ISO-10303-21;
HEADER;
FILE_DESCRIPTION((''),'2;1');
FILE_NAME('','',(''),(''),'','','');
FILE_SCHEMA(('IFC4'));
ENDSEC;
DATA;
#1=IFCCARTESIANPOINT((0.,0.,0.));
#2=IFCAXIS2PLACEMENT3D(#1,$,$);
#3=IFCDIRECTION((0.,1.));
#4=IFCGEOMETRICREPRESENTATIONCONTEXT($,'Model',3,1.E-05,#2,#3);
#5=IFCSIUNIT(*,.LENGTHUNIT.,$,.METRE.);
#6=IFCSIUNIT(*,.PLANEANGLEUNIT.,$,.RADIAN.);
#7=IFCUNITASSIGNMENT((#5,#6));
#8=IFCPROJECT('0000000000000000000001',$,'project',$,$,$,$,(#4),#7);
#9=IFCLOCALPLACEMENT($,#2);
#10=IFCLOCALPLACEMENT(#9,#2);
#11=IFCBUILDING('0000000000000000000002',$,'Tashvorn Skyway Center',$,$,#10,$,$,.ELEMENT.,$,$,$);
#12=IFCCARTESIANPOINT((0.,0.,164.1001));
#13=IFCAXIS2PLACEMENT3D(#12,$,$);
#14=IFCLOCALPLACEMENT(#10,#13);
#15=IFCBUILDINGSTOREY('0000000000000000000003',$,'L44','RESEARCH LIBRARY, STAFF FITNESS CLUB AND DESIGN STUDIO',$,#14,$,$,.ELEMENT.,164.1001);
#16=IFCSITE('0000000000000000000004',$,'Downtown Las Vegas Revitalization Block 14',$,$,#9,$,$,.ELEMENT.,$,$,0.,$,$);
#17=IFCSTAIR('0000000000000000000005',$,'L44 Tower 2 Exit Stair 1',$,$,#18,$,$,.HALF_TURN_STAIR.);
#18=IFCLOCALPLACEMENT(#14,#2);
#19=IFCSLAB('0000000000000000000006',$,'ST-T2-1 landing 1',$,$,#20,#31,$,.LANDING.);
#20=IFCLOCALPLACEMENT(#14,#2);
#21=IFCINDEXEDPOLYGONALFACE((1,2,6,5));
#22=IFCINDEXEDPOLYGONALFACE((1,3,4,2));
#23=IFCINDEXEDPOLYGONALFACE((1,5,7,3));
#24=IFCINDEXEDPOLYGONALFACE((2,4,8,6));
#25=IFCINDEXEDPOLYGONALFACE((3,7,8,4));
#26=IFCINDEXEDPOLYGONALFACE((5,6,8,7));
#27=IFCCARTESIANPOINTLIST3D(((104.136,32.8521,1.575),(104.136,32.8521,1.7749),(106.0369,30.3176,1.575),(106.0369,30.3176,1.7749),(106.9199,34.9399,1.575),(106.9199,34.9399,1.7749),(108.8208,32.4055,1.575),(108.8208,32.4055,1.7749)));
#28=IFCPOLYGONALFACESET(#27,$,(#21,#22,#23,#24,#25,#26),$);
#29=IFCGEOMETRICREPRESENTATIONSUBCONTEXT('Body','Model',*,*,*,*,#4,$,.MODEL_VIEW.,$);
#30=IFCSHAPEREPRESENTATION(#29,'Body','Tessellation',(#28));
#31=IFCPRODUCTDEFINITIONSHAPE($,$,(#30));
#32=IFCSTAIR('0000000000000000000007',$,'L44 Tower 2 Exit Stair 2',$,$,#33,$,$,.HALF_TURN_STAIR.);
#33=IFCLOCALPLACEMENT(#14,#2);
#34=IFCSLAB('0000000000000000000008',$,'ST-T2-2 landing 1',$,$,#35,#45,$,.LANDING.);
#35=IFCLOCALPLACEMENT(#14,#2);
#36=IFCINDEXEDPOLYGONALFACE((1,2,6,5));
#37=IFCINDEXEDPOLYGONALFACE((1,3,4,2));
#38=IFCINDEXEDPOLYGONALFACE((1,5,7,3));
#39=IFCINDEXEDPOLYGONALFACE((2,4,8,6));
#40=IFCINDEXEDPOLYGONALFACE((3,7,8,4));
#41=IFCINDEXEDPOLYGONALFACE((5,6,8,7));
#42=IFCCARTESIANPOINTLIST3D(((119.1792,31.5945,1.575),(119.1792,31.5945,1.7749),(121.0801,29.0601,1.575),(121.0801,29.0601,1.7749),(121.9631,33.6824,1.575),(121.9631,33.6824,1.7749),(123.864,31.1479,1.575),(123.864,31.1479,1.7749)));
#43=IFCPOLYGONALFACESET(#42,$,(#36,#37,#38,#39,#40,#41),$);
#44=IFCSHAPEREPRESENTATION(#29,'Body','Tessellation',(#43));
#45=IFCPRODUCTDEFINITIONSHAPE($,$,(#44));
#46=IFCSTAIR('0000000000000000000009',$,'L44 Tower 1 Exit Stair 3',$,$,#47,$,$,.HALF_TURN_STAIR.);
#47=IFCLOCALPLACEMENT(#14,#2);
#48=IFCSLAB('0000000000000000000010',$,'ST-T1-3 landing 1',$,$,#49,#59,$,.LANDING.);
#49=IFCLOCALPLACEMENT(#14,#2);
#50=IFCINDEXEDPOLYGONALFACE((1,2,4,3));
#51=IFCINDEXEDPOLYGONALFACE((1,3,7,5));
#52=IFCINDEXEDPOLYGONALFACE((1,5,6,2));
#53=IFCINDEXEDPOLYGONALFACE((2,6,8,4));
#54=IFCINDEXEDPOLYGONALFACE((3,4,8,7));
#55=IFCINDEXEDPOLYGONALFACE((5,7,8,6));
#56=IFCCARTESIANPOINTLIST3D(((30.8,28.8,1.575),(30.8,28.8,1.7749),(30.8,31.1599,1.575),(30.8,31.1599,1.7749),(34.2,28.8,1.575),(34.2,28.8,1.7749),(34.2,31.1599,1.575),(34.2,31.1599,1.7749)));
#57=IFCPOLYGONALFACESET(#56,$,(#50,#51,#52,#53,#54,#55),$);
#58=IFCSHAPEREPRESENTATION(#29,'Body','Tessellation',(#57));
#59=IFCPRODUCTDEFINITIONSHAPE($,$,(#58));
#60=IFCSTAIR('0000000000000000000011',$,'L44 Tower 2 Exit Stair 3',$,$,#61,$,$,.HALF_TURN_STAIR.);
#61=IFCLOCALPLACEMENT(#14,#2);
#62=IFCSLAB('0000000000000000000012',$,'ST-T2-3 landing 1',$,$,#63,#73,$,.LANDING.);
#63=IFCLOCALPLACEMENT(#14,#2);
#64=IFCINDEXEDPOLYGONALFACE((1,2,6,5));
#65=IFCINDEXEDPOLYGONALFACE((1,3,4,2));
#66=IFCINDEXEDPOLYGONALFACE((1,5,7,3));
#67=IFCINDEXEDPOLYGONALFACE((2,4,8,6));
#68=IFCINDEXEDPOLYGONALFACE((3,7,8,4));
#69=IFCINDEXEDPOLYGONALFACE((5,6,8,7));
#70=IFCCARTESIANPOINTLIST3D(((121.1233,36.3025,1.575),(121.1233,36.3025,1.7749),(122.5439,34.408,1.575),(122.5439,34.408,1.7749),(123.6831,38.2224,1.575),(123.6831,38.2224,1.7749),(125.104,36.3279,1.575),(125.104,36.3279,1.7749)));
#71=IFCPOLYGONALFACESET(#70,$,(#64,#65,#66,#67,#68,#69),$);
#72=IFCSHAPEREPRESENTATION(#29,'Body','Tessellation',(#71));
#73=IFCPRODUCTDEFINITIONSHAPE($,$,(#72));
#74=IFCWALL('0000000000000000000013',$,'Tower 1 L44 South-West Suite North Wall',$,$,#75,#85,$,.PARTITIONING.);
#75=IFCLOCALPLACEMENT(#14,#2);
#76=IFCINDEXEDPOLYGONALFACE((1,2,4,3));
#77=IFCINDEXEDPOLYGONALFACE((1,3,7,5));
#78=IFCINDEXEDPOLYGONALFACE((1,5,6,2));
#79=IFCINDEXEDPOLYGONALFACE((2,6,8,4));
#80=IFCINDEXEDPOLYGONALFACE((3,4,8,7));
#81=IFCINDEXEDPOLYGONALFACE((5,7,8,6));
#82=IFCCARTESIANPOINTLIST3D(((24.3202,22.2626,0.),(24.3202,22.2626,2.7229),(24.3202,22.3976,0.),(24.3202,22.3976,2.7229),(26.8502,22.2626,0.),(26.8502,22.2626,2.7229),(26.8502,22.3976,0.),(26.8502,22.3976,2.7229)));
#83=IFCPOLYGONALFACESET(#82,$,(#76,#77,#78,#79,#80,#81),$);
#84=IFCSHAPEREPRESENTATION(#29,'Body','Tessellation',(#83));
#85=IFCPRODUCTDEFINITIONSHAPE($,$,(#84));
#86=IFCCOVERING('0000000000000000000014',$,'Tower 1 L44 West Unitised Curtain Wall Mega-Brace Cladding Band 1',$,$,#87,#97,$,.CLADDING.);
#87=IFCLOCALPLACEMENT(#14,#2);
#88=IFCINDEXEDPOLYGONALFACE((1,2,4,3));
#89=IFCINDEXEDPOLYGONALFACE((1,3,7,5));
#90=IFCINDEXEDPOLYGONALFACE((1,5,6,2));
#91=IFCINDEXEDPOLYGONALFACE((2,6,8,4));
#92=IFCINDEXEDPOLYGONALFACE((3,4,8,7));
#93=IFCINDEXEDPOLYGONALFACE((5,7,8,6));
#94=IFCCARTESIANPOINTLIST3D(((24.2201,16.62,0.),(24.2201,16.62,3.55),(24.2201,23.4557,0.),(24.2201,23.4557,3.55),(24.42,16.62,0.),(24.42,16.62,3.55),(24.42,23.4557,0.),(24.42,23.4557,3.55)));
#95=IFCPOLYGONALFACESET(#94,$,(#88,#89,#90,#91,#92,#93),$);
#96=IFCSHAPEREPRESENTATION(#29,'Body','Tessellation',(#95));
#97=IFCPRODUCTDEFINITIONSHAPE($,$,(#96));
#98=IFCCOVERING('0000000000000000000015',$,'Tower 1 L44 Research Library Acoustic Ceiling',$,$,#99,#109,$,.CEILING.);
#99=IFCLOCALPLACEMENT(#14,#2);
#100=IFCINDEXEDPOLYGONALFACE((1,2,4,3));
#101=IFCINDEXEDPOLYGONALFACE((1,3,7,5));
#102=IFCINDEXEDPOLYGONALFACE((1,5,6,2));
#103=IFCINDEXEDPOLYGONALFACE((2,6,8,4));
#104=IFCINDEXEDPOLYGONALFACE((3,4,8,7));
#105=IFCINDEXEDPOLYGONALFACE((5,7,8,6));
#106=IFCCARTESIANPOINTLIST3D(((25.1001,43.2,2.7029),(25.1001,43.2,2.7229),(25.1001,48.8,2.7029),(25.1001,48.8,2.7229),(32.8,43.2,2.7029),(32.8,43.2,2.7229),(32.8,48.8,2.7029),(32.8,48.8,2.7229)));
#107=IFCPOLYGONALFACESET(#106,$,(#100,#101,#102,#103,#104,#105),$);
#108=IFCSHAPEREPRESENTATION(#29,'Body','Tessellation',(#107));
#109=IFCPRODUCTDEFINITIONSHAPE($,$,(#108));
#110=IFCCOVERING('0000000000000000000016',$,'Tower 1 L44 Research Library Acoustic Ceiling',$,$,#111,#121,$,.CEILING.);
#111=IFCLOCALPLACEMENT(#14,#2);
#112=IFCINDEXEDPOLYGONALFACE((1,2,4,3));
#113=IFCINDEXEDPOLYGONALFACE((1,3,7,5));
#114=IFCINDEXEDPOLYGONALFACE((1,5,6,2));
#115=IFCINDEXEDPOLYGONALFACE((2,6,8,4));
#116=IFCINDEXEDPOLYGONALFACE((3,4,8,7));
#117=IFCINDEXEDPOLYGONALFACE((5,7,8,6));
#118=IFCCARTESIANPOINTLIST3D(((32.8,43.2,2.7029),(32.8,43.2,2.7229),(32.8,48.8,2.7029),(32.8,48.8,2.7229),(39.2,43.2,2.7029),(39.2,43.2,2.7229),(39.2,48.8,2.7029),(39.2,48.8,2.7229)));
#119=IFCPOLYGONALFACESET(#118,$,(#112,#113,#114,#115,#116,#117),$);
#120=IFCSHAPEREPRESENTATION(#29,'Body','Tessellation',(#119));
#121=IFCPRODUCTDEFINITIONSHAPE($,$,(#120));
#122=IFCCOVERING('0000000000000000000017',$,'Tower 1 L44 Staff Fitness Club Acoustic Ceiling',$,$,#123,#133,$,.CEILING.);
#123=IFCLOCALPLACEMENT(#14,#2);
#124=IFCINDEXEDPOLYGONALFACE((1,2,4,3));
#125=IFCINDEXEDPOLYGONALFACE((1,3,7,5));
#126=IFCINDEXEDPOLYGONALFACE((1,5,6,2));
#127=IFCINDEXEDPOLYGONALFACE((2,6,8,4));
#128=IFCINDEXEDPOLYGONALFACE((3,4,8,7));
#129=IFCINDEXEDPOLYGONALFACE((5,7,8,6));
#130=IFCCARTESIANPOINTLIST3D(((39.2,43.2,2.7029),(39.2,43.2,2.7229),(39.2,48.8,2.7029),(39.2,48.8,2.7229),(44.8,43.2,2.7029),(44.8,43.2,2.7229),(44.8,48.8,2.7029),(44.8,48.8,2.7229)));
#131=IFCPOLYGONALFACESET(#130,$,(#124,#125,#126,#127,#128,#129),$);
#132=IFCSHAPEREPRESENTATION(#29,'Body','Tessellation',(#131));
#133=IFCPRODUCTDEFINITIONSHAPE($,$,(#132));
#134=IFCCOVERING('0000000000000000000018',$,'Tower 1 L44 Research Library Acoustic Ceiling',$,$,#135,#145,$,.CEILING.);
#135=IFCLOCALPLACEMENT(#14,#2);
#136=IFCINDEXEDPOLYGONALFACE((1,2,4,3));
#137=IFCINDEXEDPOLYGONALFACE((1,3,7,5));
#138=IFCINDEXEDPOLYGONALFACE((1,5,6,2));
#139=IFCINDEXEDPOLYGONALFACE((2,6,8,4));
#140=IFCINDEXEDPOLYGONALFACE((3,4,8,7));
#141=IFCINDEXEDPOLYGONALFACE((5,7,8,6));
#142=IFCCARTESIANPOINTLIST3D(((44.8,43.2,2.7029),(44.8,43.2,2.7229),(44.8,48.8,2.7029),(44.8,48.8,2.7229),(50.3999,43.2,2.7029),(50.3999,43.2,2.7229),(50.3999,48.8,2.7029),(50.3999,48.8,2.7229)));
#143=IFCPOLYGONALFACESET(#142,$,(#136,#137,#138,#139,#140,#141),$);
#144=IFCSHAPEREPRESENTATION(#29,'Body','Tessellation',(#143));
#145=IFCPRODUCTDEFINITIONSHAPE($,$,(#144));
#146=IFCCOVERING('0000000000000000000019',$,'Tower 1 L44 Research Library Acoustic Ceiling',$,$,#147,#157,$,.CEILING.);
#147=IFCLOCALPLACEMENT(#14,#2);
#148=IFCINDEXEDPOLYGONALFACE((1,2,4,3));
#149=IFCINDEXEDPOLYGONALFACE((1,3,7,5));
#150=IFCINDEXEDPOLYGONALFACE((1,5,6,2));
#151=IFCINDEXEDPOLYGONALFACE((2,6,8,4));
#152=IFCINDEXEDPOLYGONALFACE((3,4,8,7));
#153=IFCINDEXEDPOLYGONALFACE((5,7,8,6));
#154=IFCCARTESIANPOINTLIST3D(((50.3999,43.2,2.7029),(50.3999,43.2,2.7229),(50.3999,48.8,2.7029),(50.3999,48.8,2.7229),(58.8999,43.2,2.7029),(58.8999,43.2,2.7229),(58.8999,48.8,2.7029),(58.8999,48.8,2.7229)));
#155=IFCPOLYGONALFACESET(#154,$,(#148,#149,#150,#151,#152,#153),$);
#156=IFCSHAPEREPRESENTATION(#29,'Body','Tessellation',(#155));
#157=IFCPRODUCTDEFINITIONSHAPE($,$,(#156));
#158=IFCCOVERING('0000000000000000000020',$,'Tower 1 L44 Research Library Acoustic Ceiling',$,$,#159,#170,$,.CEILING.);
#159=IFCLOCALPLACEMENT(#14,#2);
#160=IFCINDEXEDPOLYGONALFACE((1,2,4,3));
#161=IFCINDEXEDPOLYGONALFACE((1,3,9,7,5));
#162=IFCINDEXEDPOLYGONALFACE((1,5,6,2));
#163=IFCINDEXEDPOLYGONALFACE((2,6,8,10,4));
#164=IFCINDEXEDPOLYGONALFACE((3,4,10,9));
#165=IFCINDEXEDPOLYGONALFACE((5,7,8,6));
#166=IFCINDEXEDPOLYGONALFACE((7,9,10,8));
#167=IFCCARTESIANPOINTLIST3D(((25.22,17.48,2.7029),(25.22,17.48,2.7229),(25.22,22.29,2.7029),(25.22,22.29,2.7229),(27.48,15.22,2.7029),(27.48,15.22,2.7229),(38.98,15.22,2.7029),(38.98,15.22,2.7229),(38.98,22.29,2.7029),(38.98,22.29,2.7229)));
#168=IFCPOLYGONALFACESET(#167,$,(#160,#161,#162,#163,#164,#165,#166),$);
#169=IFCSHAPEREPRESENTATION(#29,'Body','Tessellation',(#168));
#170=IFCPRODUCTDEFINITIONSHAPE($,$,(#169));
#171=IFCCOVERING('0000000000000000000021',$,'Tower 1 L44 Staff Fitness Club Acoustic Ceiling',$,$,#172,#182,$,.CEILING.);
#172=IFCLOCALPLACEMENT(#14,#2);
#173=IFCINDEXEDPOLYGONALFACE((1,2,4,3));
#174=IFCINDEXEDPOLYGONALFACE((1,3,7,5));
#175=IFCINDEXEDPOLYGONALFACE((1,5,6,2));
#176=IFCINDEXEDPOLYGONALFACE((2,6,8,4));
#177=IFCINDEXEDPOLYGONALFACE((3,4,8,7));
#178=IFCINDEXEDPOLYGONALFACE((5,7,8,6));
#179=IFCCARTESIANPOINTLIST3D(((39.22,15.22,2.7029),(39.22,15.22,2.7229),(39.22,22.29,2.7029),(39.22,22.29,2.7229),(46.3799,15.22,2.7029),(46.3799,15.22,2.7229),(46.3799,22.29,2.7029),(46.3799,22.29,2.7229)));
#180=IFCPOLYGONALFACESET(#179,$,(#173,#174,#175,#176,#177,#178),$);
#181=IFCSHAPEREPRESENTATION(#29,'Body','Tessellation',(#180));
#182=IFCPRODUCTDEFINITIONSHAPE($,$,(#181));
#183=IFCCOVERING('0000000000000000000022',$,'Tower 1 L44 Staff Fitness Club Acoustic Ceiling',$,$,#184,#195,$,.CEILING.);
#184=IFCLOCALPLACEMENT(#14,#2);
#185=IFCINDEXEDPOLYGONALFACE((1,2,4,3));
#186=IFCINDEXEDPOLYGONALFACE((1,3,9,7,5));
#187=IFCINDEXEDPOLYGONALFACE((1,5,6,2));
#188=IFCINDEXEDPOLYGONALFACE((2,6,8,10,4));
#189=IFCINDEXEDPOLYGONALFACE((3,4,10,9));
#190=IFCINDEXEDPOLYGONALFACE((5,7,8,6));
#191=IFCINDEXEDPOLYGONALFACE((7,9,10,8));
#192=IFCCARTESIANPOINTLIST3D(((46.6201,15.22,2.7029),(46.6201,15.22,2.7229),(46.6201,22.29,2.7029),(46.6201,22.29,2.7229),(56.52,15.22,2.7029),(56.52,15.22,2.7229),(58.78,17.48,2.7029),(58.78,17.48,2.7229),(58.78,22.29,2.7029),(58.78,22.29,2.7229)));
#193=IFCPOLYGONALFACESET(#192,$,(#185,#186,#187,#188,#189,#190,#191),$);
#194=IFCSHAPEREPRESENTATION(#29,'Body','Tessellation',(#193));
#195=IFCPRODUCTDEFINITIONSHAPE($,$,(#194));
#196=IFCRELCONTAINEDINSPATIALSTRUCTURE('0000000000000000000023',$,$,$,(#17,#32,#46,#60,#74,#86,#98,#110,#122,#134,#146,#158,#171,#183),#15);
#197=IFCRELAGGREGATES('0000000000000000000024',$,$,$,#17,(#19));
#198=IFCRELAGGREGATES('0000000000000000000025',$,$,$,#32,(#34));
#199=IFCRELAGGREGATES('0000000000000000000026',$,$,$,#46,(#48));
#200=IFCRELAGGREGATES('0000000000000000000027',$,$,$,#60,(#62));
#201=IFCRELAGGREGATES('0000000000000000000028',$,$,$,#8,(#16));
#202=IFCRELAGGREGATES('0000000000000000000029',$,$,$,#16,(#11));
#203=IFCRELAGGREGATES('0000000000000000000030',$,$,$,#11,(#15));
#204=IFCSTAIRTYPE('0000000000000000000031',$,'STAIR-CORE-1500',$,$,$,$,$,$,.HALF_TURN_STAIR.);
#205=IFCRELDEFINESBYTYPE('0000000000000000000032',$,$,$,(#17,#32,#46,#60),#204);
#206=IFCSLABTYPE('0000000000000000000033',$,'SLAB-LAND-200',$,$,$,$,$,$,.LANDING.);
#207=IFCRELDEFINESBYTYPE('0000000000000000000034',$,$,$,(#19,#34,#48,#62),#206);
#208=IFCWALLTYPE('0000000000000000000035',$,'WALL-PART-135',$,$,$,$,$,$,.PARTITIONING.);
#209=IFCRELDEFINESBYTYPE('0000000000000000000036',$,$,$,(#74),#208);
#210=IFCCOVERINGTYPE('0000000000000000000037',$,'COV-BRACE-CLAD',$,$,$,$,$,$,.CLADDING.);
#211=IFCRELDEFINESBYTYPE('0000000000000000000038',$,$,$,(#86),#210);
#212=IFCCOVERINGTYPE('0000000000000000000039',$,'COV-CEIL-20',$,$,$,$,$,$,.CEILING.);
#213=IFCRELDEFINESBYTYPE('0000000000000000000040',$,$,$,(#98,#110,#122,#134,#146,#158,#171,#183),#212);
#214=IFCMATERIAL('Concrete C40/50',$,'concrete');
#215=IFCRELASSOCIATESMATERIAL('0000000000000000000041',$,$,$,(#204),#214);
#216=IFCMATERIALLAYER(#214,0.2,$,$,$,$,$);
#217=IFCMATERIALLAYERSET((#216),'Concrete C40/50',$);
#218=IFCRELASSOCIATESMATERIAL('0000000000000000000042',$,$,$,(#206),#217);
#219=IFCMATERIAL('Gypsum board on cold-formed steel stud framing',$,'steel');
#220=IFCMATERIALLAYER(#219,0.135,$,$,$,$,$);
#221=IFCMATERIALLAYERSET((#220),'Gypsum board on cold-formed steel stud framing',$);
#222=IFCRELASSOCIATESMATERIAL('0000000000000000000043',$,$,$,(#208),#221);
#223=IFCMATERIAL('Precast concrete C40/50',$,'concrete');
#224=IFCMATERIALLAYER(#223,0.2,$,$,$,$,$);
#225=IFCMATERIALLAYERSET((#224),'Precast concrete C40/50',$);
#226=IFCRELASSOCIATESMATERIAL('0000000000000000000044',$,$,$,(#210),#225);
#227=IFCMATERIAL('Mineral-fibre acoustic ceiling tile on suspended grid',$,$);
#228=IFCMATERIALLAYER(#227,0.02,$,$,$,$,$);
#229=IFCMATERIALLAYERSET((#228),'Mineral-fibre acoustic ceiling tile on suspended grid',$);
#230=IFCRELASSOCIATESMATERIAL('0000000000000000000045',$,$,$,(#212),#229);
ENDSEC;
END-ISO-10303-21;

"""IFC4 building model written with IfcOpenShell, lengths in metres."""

from ifc_helpers import new_model, si_unit, direction, frame, frame_2d, origin, origin_2d, place, context, subcontext, project, spatial, polyline, rectangle, outline, extrude, material, layer, layer_set, type_object, element, aggregate, save


model = new_model("IFC4")

# Units and contexts
model_context = context("Model", 3, precision=1e-05, world=origin(), true_north=direction((0.0, 1.0)))
body_context = subcontext(model_context, "Body", "Model", "MODEL_VIEW")
ifc_project = project(units=[si_unit("LENGTHUNIT", "METRE"), si_unit("PLANEANGLEUNIT", "RADIAN")], contexts=[model_context])

# Site, building, storey
site_placement = place(None, origin())
site = spatial("IfcSite", under=ifc_project, at=site_placement, Name="Downtown Las Vegas Revitalization Block 14", CompositionType="ELEMENT", RefElevation=0.0)
building_placement = place(site_placement, origin())
building = spatial("IfcBuilding", under=site, at=building_placement, Name="Tashvorn Skyway Center", CompositionType="ELEMENT")
storey_placement = place(building_placement, frame((0.0, 0.0, 164.1001)))
storey = spatial("IfcBuildingStorey", under=building, at=storey_placement, Name="L44", Description="RESEARCH LIBRARY, STAFF FITNESS CLUB AND DESIGN STUDIO", CompositionType="ELEMENT", Elevation=164.1001)

# Shared definitions
ifc_material_1 = material(Name="Concrete C40/50", Category="concrete")

# Stairs, slabs
stair_type = type_object("IfcStairType", Name="STAIR-CORE-1500", PredefinedType="HALF_TURN_STAIR", material=ifc_material_1)
ifc_layer_1 = layer(ifc_material_1, 0.2)
ifc_layer_set_1 = layer_set([ifc_layer_1], Name="Concrete C40/50")
slab_type_1 = type_object("IfcSlabType", Name="SLAB-LAND-200", PredefinedType="LANDING", material=ifc_layer_set_1)
stair_1_placement = place(storey_placement, origin())
stair_1 = element("IfcStair", 1, at=stair_1_placement, inside=storey, type_object=stair_type, Name="L44 Tower 2 Exit Stair 1", PredefinedType="HALF_TURN_STAIR")
slab_1_placement = place(storey_placement, frame((0.0, 0.0, 1.575)))
slab_1 = element("IfcSlab", 2, at=slab_1_placement, type_object=slab_type_1, Name="ST-T2-1 landing 1", PredefinedType="LANDING", context=body_context, shape_type="SweptSolid", body=[
    extrude(outline(polyline([(108.8208, 32.4055), (106.9199, 34.9399), (104.136, 32.8521), (106.0369, 30.3176), (108.8208, 32.4055)])), origin(), (0.0, 0.0, 1.0), 0.2),
])
aggregate(stair_1, [slab_1])
stair_2_placement = place(storey_placement, origin())
stair_2 = element("IfcStair", 3, at=stair_2_placement, inside=storey, type_object=stair_type, Name="L44 Tower 2 Exit Stair 2", PredefinedType="HALF_TURN_STAIR")
slab_2_placement = place(storey_placement, frame((0.0, 0.0, 1.575)))
slab_2 = element("IfcSlab", 4, at=slab_2_placement, type_object=slab_type_1, Name="ST-T2-2 landing 1", PredefinedType="LANDING", context=body_context, shape_type="SweptSolid", body=[
    extrude(outline(polyline([(119.1792, 31.5945), (121.0801, 29.0601), (123.864, 31.1479), (121.9631, 33.6824), (119.1792, 31.5945)])), origin(), (0.0, 0.0, 1.0), 0.2),
])
aggregate(stair_2, [slab_2])
stair_3_placement = place(storey_placement, origin())
stair_3 = element("IfcStair", 5, at=stair_3_placement, inside=storey, type_object=stair_type, Name="L44 Tower 1 Exit Stair 3", PredefinedType="HALF_TURN_STAIR")
slab_3_placement = place(storey_placement, frame((0.0, 0.0, 1.575)))
slab_3 = element("IfcSlab", 6, at=slab_3_placement, type_object=slab_type_1, Name="ST-T1-3 landing 1", PredefinedType="LANDING", context=body_context, shape_type="SweptSolid", body=[
    extrude(outline(polyline([(30.8, 31.1599), (30.8, 28.8), (34.2, 28.8), (34.2, 31.1599), (30.8, 31.1599)])), origin(), (0.0, 0.0, 1.0), 0.2),
])
aggregate(stair_3, [slab_3])
stair_4_placement = place(storey_placement, origin())
stair_4 = element("IfcStair", 7, at=stair_4_placement, inside=storey, type_object=stair_type, Name="L44 Tower 2 Exit Stair 3", PredefinedType="HALF_TURN_STAIR")
slab_4_placement = place(storey_placement, frame((0.0, 0.0, 1.575)))
slab_4 = element("IfcSlab", 8, at=slab_4_placement, type_object=slab_type_1, Name="ST-T2-3 landing 1", PredefinedType="LANDING", context=body_context, shape_type="SweptSolid", body=[
    extrude(outline(polyline([(121.1233, 36.3025), (122.5439, 34.408), (125.104, 36.3279), (123.6831, 38.2224), (121.1233, 36.3025)])), origin(), (0.0, 0.0, 1.0), 0.2),
])
aggregate(stair_4, [slab_4])

# Wall
ifc_material_2 = material(Name="Gypsum board on cold-formed steel stud framing", Category="steel")
ifc_layer_2 = layer(ifc_material_2, 0.135)
ifc_layer_set_2 = layer_set([ifc_layer_2], Name="Gypsum board on cold-formed steel stud framing")
wall_type = type_object("IfcWallType", Name="WALL-PART-135", PredefinedType="PARTITIONING", material=ifc_layer_set_2)
wall_placement = place(storey_placement, frame((24.3201, 22.3301, 0.0), z_axis=(0.0, 0.0, 1.0), x_axis=(1.0, 0.0, 0.0)))
element("IfcWall", 9, at=wall_placement, inside=storey, type_object=wall_type, Name="Tower 1 L44 South-West Suite North Wall", PredefinedType="PARTITIONING", context=body_context, shape_type="SweptSolid", body=[
    extrude(rectangle(XDim=2.53, YDim=0.135, at=frame_2d((1.2651, 0.0))), origin(), (0.0, 0.0, 1.0), 2.7229),
])

# Coverings
ifc_material_3 = material(Name="Precast concrete C40/50", Category="concrete")
ifc_layer_3 = layer(ifc_material_3, 0.2)
ifc_layer_set_3 = layer_set([ifc_layer_3], Name="Precast concrete C40/50")
covering_type_1 = type_object("IfcCoveringType", Name="COV-BRACE-CLAD", PredefinedType="CLADDING", material=ifc_layer_set_3)
covering_1_placement = place(storey_placement, frame((24.3201, 20.0378, 0.0), z_axis=(0.0, 0.0, 1.0), x_axis=(0.0, 1.0, 0.0)))
element("IfcCovering", 10, at=covering_1_placement, inside=storey, type_object=covering_type_1, Name="Tower 1 L44 West Unitised Curtain Wall Mega-Brace Cladding Band 1", PredefinedType="CLADDING", context=body_context, shape_type="SweptSolid", body=[
    extrude(rectangle(XDim=6.8357, YDim=0.2, at=origin_2d()), origin(), (0.0, 0.0, 1.0), 3.55),
])
ifc_material_4 = material(Name="Mineral-fibre acoustic ceiling tile on suspended grid")
ifc_layer_4 = layer(ifc_material_4, 0.02)
ifc_layer_set_4 = layer_set([ifc_layer_4], Name="Mineral-fibre acoustic ceiling tile on suspended grid")
covering_type_2 = type_object("IfcCoveringType", Name="COV-CEIL-20", PredefinedType="CEILING", material=ifc_layer_set_4)
covering_2_placement = place(storey_placement, frame((0.0, 0.0, 2.7029)))
element("IfcCovering", 11, at=covering_2_placement, inside=storey, type_object=covering_type_2, Name="Tower 1 L44 Research Library Acoustic Ceiling", PredefinedType="CEILING", context=body_context, shape_type="SweptSolid", body=[
    extrude(outline(polyline([(25.1001, 43.2), (32.8, 43.2), (32.8, 48.8), (25.1001, 48.8), (25.1001, 43.2)])), origin(), (0.0, 0.0, 1.0), 0.02),
])
covering_3_placement = place(storey_placement, frame((0.0, 0.0, 2.7029)))
element("IfcCovering", 12, at=covering_3_placement, inside=storey, type_object=covering_type_2, Name="Tower 1 L44 Research Library Acoustic Ceiling", PredefinedType="CEILING", context=body_context, shape_type="SweptSolid", body=[
    extrude(outline(polyline([(32.8, 43.2), (39.2, 43.2), (39.2, 48.8), (32.8, 48.8), (32.8, 43.2)])), origin(), (0.0, 0.0, 1.0), 0.02),
])
covering_4_placement = place(storey_placement, frame((0.0, 0.0, 2.7029)))
element("IfcCovering", 13, at=covering_4_placement, inside=storey, type_object=covering_type_2, Name="Tower 1 L44 Staff Fitness Club Acoustic Ceiling", PredefinedType="CEILING", context=body_context, shape_type="SweptSolid", body=[
    extrude(outline(polyline([(39.2, 43.2), (44.8, 43.2), (44.8, 48.8), (39.2, 48.8), (39.2, 43.2)])), origin(), (0.0, 0.0, 1.0), 0.02),
])
covering_5_placement = place(storey_placement, frame((0.0, 0.0, 2.7029)))
element("IfcCovering", 14, at=covering_5_placement, inside=storey, type_object=covering_type_2, Name="Tower 1 L44 Research Library Acoustic Ceiling", PredefinedType="CEILING", context=body_context, shape_type="SweptSolid", body=[
    extrude(outline(polyline([(44.8, 43.2), (50.3999, 43.2), (50.3999, 48.8), (44.8, 48.8), (44.8, 43.2)])), origin(), (0.0, 0.0, 1.0), 0.02),
])
covering_6_placement = place(storey_placement, frame((0.0, 0.0, 2.7029)))
element("IfcCovering", 15, at=covering_6_placement, inside=storey, type_object=covering_type_2, Name="Tower 1 L44 Research Library Acoustic Ceiling", PredefinedType="CEILING", context=body_context, shape_type="SweptSolid", body=[
    extrude(outline(polyline([(50.3999, 43.2), (58.8999, 43.2), (58.8999, 48.8), (50.3999, 48.8), (50.3999, 43.2)])), origin(), (0.0, 0.0, 1.0), 0.02),
])
covering_7_placement = place(storey_placement, frame((0.0, 0.0, 2.7029)))
element("IfcCovering", 16, at=covering_7_placement, inside=storey, type_object=covering_type_2, Name="Tower 1 L44 Research Library Acoustic Ceiling", PredefinedType="CEILING", context=body_context, shape_type="SweptSolid", body=[
    extrude(outline(polyline([(25.22, 22.29), (38.98, 22.29), (38.98, 15.22), (27.48, 15.22), (25.22, 17.48), (25.22, 22.29)])), origin(), (0.0, 0.0, 1.0), 0.02),
])
covering_8_placement = place(storey_placement, frame((0.0, 0.0, 2.7029)))
element("IfcCovering", 17, at=covering_8_placement, inside=storey, type_object=covering_type_2, Name="Tower 1 L44 Staff Fitness Club Acoustic Ceiling", PredefinedType="CEILING", context=body_context, shape_type="SweptSolid", body=[
    extrude(outline(polyline([(39.22, 22.29), (46.3799, 22.29), (46.3799, 15.22), (39.22, 15.22), (39.22, 22.29)])), origin(), (0.0, 0.0, 1.0), 0.02),
])
covering_9_placement = place(storey_placement, frame((0.0, 0.0, 2.7029)))
element("IfcCovering", 18, at=covering_9_placement, inside=storey, type_object=covering_type_2, Name="Tower 1 L44 Staff Fitness Club Acoustic Ceiling", PredefinedType="CEILING", context=body_context, shape_type="SweptSolid", body=[
    extrude(outline(polyline([(46.6201, 15.22), (46.6201, 22.29), (58.78, 22.29), (58.78, 17.48), (56.52, 15.22), (46.6201, 15.22)])), origin(), (0.0, 0.0, 1.0), 0.02),
])

save(model, "model.ifc")
